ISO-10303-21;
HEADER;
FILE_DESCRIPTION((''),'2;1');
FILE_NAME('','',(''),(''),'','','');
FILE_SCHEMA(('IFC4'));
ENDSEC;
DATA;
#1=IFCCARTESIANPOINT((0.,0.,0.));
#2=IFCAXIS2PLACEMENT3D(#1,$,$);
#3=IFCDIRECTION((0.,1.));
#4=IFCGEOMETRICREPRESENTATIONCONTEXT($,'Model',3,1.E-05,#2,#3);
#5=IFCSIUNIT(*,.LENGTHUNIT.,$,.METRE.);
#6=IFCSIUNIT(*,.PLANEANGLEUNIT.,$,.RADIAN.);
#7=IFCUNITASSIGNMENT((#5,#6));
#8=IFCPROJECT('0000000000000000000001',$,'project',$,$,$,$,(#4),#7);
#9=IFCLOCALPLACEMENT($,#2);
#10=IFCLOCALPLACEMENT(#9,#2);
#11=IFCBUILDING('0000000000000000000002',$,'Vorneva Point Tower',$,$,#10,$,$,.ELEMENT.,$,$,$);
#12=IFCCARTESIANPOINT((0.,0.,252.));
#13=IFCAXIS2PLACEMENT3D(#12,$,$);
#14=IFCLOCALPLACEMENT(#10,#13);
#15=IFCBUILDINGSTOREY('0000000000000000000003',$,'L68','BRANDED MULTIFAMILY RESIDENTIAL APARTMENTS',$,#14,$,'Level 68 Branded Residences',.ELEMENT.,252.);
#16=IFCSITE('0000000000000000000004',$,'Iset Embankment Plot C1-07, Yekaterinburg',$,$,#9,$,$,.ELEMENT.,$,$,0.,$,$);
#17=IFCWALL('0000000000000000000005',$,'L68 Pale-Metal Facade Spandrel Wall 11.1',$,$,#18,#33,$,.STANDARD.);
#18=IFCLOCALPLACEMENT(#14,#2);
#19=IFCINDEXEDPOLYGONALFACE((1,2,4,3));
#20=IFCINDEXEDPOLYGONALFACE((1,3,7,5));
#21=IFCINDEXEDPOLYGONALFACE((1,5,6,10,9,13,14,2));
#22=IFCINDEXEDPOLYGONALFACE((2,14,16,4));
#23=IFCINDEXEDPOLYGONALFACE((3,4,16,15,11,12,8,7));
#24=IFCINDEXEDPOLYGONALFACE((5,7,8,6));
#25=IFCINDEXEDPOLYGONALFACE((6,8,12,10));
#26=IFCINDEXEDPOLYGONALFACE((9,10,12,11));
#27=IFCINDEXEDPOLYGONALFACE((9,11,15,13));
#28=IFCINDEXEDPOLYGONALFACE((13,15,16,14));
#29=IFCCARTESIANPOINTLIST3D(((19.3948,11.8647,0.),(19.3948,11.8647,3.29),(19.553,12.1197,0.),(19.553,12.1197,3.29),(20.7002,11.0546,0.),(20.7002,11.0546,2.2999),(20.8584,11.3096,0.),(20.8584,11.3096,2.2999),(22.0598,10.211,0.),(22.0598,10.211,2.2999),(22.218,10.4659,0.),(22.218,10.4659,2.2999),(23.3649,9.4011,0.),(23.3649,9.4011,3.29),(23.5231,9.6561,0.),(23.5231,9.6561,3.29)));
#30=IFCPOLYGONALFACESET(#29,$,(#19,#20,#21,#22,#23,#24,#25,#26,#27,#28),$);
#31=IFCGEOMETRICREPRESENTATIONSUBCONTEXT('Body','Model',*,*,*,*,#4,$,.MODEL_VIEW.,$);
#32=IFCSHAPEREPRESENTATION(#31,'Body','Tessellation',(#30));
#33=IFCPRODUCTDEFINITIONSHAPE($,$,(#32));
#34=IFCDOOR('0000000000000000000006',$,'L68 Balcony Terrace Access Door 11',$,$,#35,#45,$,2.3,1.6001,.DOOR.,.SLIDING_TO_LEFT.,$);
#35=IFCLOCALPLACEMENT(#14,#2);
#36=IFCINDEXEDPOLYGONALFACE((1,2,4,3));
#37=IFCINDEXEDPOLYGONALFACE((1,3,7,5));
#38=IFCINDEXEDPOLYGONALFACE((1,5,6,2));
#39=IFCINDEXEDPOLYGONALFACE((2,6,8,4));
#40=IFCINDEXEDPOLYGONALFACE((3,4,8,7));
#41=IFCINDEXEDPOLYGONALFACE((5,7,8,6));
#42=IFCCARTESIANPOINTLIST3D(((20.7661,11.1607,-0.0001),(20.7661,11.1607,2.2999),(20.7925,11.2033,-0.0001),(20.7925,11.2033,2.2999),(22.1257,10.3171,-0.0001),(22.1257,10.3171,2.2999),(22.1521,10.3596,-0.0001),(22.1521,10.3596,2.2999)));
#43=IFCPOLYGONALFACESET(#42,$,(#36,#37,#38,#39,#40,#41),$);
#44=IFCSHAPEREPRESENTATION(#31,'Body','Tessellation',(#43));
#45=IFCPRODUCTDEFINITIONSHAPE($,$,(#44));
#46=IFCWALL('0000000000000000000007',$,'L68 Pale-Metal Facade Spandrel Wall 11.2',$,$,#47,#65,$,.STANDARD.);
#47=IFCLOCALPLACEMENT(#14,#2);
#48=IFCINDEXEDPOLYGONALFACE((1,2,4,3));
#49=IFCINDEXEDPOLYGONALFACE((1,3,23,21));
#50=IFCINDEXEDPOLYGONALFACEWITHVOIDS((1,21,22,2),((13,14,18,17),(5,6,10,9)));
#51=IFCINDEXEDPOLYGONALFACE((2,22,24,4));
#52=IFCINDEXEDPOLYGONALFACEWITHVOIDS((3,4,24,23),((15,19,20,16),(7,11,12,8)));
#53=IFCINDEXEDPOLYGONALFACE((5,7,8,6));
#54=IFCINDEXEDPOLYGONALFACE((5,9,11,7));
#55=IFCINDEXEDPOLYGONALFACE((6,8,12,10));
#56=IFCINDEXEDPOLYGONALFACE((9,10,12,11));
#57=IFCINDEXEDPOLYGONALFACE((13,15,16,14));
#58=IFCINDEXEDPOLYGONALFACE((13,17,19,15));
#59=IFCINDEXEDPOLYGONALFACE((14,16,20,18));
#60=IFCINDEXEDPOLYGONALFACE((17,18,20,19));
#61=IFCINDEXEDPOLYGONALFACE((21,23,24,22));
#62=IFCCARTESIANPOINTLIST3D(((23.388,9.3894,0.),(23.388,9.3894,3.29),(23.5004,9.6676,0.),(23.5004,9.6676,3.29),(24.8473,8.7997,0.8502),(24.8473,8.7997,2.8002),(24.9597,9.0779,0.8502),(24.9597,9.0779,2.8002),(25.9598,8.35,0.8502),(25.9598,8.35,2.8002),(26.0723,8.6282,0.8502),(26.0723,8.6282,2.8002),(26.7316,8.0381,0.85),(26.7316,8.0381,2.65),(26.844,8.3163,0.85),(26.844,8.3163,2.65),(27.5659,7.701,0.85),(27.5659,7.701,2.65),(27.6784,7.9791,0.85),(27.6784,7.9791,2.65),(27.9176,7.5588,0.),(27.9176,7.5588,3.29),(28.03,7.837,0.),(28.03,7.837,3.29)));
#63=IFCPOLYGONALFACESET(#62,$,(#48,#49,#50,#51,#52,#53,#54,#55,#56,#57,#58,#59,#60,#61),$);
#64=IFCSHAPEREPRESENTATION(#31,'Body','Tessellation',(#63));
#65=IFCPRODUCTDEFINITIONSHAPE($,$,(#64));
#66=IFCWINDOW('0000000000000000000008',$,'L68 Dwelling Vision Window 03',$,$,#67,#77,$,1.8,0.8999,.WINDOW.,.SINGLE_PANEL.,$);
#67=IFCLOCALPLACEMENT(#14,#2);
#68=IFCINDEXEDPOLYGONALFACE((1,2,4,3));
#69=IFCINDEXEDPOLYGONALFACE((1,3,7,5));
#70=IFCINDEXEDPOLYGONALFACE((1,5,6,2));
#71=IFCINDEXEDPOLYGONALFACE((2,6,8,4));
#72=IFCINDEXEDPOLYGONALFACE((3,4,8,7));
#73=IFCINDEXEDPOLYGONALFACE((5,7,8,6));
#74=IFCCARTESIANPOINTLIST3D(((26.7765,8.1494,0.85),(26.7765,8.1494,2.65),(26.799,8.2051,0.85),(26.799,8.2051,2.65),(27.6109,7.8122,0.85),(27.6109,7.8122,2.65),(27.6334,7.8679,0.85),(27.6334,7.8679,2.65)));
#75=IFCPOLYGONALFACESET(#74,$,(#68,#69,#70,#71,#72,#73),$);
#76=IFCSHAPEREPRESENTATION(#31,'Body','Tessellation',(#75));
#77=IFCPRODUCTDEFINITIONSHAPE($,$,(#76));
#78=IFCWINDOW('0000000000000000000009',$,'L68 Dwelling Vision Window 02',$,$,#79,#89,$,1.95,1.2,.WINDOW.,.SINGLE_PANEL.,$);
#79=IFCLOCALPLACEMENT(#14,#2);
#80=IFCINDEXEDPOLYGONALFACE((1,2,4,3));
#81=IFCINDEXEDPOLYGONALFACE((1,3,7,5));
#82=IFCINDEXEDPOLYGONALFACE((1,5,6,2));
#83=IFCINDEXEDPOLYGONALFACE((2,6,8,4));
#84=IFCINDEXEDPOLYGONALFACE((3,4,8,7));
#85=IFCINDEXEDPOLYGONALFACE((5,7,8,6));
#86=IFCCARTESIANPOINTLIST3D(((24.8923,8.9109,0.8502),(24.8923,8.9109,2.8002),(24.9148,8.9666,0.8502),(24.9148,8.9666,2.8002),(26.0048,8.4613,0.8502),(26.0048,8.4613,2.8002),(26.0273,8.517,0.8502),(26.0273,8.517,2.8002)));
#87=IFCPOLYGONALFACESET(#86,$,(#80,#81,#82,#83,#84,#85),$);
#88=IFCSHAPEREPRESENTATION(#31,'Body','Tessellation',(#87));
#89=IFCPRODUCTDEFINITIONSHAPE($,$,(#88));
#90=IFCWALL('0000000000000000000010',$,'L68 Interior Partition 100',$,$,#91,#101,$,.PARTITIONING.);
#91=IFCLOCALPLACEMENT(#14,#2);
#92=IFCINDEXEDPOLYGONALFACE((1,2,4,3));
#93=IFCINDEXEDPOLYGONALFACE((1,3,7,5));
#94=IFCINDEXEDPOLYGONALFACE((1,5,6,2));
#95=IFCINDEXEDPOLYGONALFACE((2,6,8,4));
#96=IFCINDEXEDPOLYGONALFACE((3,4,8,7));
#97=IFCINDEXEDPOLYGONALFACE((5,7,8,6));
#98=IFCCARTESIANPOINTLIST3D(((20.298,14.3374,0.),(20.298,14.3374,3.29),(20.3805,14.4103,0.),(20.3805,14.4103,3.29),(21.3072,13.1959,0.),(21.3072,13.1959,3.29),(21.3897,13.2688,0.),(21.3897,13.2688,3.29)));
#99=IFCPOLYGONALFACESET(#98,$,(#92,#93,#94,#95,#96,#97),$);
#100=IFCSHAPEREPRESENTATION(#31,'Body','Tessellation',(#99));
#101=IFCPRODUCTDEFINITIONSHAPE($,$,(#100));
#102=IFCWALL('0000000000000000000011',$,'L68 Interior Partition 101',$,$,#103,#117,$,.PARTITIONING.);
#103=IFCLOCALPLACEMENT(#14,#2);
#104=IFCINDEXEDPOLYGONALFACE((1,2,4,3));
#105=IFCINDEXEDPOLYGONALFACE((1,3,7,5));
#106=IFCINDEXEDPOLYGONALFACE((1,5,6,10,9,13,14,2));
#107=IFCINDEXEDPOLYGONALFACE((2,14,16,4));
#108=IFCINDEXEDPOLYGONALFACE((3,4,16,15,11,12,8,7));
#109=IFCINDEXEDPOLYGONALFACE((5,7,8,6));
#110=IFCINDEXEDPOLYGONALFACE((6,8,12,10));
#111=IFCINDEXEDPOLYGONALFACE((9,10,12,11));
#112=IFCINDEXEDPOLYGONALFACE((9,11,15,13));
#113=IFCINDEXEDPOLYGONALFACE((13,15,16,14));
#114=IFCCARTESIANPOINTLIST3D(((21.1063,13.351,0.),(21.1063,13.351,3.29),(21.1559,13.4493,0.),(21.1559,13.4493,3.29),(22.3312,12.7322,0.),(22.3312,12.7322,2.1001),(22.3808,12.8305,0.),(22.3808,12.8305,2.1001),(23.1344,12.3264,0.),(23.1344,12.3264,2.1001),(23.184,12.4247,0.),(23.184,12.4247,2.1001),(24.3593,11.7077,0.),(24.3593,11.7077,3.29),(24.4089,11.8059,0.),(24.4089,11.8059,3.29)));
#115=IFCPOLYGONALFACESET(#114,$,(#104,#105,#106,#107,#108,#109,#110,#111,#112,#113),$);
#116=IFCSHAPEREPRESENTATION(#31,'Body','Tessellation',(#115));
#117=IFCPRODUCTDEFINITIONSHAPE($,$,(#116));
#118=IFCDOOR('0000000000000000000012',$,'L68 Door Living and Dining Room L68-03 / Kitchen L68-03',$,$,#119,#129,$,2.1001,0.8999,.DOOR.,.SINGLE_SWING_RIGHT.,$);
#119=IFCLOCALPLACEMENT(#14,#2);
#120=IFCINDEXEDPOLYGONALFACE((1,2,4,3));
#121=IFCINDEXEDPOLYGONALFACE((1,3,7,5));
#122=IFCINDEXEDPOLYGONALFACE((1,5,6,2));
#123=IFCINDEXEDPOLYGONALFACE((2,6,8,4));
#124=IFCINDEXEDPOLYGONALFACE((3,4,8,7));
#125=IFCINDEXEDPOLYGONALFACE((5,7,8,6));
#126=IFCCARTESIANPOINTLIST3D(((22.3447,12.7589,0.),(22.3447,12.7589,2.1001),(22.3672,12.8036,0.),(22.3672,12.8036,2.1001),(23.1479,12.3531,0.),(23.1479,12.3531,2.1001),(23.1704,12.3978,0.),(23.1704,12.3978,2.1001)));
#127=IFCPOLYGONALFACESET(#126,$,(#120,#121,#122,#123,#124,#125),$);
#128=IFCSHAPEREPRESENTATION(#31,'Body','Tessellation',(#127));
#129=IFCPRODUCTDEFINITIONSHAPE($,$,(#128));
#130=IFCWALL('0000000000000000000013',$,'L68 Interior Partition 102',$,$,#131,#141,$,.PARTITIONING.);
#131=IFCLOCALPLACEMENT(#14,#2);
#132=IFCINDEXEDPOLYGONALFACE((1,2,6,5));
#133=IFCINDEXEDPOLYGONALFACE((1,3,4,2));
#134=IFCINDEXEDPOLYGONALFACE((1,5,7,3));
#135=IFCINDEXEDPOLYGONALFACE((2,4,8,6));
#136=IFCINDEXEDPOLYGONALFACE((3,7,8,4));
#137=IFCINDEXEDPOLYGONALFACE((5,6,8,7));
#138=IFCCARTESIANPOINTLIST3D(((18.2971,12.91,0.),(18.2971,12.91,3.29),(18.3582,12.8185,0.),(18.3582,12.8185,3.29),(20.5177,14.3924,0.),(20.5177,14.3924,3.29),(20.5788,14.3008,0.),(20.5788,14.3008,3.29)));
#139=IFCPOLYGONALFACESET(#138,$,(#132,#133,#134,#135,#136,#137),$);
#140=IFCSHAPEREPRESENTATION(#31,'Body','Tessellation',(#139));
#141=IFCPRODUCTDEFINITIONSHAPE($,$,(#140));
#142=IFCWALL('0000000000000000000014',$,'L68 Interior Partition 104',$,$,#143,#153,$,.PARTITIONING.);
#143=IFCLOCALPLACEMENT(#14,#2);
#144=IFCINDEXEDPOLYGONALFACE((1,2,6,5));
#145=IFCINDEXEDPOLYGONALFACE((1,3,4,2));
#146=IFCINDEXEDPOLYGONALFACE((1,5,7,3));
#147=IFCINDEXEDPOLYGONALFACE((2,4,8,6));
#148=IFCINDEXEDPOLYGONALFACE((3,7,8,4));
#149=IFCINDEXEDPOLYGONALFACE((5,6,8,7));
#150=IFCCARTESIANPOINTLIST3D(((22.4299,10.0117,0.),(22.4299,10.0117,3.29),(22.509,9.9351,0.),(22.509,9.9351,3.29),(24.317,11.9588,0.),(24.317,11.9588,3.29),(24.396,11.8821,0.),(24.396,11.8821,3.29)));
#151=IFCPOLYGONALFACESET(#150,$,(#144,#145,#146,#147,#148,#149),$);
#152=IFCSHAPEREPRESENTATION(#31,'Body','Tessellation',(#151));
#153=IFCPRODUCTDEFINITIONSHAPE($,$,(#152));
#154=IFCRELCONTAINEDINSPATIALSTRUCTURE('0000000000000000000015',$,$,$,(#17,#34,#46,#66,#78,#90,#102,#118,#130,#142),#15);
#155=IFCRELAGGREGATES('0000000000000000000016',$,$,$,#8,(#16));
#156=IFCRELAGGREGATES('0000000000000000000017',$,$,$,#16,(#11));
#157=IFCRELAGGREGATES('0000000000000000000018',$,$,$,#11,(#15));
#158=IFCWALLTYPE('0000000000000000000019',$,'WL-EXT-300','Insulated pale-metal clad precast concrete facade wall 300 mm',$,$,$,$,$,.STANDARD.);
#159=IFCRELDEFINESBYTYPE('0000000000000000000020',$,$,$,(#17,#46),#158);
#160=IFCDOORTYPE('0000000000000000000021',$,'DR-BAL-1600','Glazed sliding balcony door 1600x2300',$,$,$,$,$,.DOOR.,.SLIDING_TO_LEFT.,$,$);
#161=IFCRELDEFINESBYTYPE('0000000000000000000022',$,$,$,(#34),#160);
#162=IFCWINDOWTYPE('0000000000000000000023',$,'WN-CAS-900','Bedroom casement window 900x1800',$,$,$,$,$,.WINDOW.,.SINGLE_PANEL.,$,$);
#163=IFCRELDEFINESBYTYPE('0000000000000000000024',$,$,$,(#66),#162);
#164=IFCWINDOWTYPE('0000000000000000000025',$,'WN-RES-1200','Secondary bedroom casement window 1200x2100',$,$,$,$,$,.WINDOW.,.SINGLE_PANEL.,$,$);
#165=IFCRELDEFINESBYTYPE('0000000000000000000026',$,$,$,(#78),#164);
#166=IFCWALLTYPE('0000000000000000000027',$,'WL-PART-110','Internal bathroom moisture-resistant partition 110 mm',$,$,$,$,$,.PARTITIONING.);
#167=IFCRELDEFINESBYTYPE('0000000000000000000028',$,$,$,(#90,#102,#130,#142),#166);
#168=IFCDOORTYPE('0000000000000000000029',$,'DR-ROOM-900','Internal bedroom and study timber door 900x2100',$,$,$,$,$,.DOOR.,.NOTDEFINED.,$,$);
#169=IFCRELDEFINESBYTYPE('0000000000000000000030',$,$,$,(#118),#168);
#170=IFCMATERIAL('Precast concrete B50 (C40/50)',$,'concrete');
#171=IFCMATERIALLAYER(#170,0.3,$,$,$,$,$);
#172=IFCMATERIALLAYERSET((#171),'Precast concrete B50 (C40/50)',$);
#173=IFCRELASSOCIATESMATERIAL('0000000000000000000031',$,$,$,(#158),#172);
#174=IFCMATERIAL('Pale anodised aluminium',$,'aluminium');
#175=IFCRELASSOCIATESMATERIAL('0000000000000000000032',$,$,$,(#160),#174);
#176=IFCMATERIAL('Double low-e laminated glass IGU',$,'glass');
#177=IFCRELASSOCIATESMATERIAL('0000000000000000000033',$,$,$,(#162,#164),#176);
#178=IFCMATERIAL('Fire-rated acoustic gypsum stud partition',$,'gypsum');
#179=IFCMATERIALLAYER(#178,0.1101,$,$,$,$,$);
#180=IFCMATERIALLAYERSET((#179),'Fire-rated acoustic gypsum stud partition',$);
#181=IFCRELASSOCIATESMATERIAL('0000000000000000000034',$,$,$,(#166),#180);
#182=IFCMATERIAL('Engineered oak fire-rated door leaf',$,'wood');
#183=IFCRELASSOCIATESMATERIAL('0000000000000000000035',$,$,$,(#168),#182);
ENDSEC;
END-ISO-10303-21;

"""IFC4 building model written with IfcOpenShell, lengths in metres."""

from ifc_helpers import new_model, si_unit, direction, frame, frame_2d, origin, place, context, subcontext, project, spatial, rectangle, extrude, material, layer, layer_set, type_object, element, fill, save


model = new_model("IFC4")

# Units and contexts
model_context = context("Model", 3, precision=1e-05, world=origin(), true_north=direction((0.0, 1.0)))
body_context = subcontext(model_context, "Body", "Model", "MODEL_VIEW")
ifc_project = project(units=[si_unit("LENGTHUNIT", "METRE"), si_unit("PLANEANGLEUNIT", "RADIAN")], contexts=[model_context])

# Site, building, storey
site_placement = place(None, origin())
site = spatial("IfcSite", under=ifc_project, at=site_placement, Name="Iset Embankment Plot C1-07, Yekaterinburg", CompositionType="ELEMENT", RefElevation=0.0)
building_placement = place(site_placement, origin())
building = spatial("IfcBuilding", under=site, at=building_placement, Name="Vorneva Point Tower", CompositionType="ELEMENT")
storey_placement = place(building_placement, frame((0.0, 0.0, 252.0)))
storey = spatial("IfcBuildingStorey", under=building, at=storey_placement, Name="L68", Description="BRANDED MULTIFAMILY RESIDENTIAL APARTMENTS", LongName="Level 68 Branded Residences", CompositionType="ELEMENT", Elevation=252.0)

# Shared definitions
ifc_material_1 = material(Name="Pale anodised aluminium", Category="aluminium")
ifc_material_2 = material(Name="Double low-e laminated glass IGU", Category="glass")

# Wall, opening, door
ifc_material_3 = material(Name="Precast concrete B50 (C40/50)", Category="concrete")
ifc_layer_1 = layer(ifc_material_3, 0.3)
ifc_layer_set_1 = layer_set([ifc_layer_1], Name="Precast concrete B50 (C40/50)")
wall_type_1 = type_object("IfcWallType", Name="WL-EXT-300", Description="Insulated pale-metal clad precast concrete facade wall 300 mm", PredefinedType="STANDARD", material=ifc_layer_set_1)
wall_1_placement = place(storey_placement, frame((19.4739, 11.9922, 0.0), z_axis=(0.0, 0.0, 1.0), x_axis=(0.849702, -0.527263, 0.0)))
wall_1 = element("IfcWall", 1, at=wall_1_placement, inside=storey, type_object=wall_type_1, Name="L68 Pale-Metal Facade Spandrel Wall 11.1", PredefinedType="STANDARD", context=body_context, shape_type="SweptSolid", body=[
    extrude(rectangle(XDim=4.6724, YDim=0.3, at=frame_2d((2.3362, 0.0))), origin(), (0.0, 0.0, 1.0), 3.29),
])
opening_1_placement = place(wall_1_placement, frame((1.5364, 0.0, 0.0)))
opening_1 = element("IfcOpeningElement", 2, at=opening_1_placement, cuts=wall_1, PredefinedType="OPENING", context=body_context, shape_type="SweptSolid", body=[
    extrude(rectangle(XDim=1.6001, YDim=2.3, at=frame_2d((0.8, 1.1499))), frame((0.0, 0.165, 0.0), z_axis=(0.0, -1.0, 0.0), x_axis=(1.0, 0.0, 0.0)), (0.0, 0.0, 1.0), 0.3298),
])
door_type_1 = type_object("IfcDoorType", Name="DR-BAL-1600", Description="Glazed sliding balcony door 1600x2300", OperationType="SLIDING_TO_LEFT", PredefinedType="DOOR", material=ifc_material_1)
door_1_placement = place(opening_1_placement, origin())
door_1 = element("IfcDoor", 3, at=door_1_placement, inside=storey, type_object=door_type_1, Name="L68 Balcony Terrace Access Door 11", OperationType="SLIDING_TO_LEFT", OverallHeight=2.3, OverallWidth=1.6001, PredefinedType="DOOR", context=body_context, shape_type="SweptSolid", body=[
    extrude(rectangle(XDim=1.6001, YDim=2.3, at=frame_2d((0.8, 1.1499))), frame((0.0, 0.0249, 0.0), z_axis=(0.0, -1.0, 0.0), x_axis=(1.0, 0.0, 0.0)), (0.0, 0.0, 1.0), 0.05),
])
fill(opening_1, door_1)

# Wall, openings, windows
wall_2_placement = place(storey_placement, frame((23.4441, 9.5286, 0.0), z_axis=(0.0, 0.0, 1.0), x_axis=(0.927147, -0.374697, 0.0)))
wall_2 = element("IfcWall", 4, at=wall_2_placement, inside=storey, type_object=wall_type_1, Name="L68 Pale-Metal Facade Spandrel Wall 11.2", PredefinedType="STANDARD", context=body_context, shape_type="SweptSolid", body=[
    extrude(rectangle(XDim=4.8855, YDim=0.3, at=frame_2d((2.4429, 0.0))), origin(), (0.0, 0.0, 1.0), 3.29),
])
opening_2_placement = place(wall_2_placement, frame((1.574, 0.0, 0.8501)))
opening_2 = element("IfcOpeningElement", 5, at=opening_2_placement, cuts=wall_2, PredefinedType="OPENING", context=body_context, shape_type="SweptSolid", body=[
    extrude(rectangle(XDim=1.2, YDim=1.95, at=frame_2d((0.6001, 0.9751))), frame((0.0, 0.165, 0.0), z_axis=(0.0, -1.0, 0.0), x_axis=(1.0, 0.0, 0.0)), (0.0, 0.0, 1.0), 0.3298),
])
opening_3_placement = place(wall_2_placement, frame((3.6064, 0.0, 0.8501)))
opening_3 = element("IfcOpeningElement", 6, at=opening_3_placement, cuts=wall_2, PredefinedType="OPENING", context=body_context, shape_type="SweptSolid", body=[
    extrude(rectangle(XDim=0.8999, YDim=1.8, at=frame_2d((0.45, 0.8999))), frame((0.0, 0.165, 0.0), z_axis=(0.0, -1.0, 0.0), x_axis=(1.0, 0.0, 0.0)), (0.0, 0.0, 1.0), 0.3298),
])
window_type_1 = type_object("IfcWindowType", Name="WN-CAS-900", Description="Bedroom casement window 900x1800", PartitioningType="SINGLE_PANEL", PredefinedType="WINDOW", material=ifc_material_2)
window_1_placement = place(opening_3_placement, origin())
window_1 = element("IfcWindow", 7, at=window_1_placement, inside=storey, type_object=window_type_1, Name="L68 Dwelling Vision Window 03", OverallHeight=1.8, OverallWidth=0.8999, PartitioningType="SINGLE_PANEL", PredefinedType="WINDOW", context=body_context, shape_type="SweptSolid", body=[
    extrude(rectangle(XDim=0.8999, YDim=1.8, at=frame_2d((0.45, 0.8999))), frame((0.0, 0.03, 0.0), z_axis=(0.0, -1.0, 0.0), x_axis=(1.0, 0.0, 0.0)), (0.0, 0.0, 1.0), 0.0601),
])
fill(opening_3, window_1)
window_type_2 = type_object("IfcWindowType", Name="WN-RES-1200", Description="Secondary bedroom casement window 1200x2100", PartitioningType="SINGLE_PANEL", PredefinedType="WINDOW", material=ifc_material_2)
window_2_placement = place(opening_2_placement, origin())
window_2 = element("IfcWindow", 8, at=window_2_placement, inside=storey, type_object=window_type_2, Name="L68 Dwelling Vision Window 02", OverallHeight=1.95, OverallWidth=1.2, PartitioningType="SINGLE_PANEL", PredefinedType="WINDOW", context=body_context, shape_type="SweptSolid", body=[
    extrude(rectangle(XDim=1.2, YDim=1.95, at=frame_2d((0.6001, 0.9751))), frame((0.0, 0.03, 0.0), z_axis=(0.0, -1.0, 0.0), x_axis=(1.0, 0.0, 0.0)), (0.0, 0.0, 1.0), 0.0601),
])
fill(opening_2, window_2)

# Wall
ifc_material_4 = material(Name="Fire-rated acoustic gypsum stud partition", Category="gypsum")
ifc_layer_2 = layer(ifc_material_4, 0.1101)
ifc_layer_set_2 = layer_set([ifc_layer_2], Name="Fire-rated acoustic gypsum stud partition")
wall_type_2 = type_object("IfcWallType", Name="WL-PART-110", Description="Internal bathroom moisture-resistant partition 110 mm", PredefinedType="PARTITIONING", material=ifc_layer_set_2)
wall_3_placement = place(storey_placement, frame((20.3394, 14.3738, 0.0), z_axis=(0.0, 0.0, 1.0), x_axis=(0.662353, -0.749192, 0.0)))
element("IfcWall", 9, at=wall_3_placement, inside=storey, type_object=wall_type_2, Name="L68 Interior Partition 100", PredefinedType="PARTITIONING", context=body_context, shape_type="SweptSolid", body=[
    extrude(rectangle(XDim=1.5237, YDim=0.1101, at=frame_2d((0.7617, 0.0))), origin(), (0.0, 0.0, 1.0), 3.29),
])

# Wall, opening, door
wall_4_placement = place(storey_placement, frame((21.1311, 13.4001, 0.0), z_axis=(0.0, 0.0, 1.0), x_axis=(0.892571, -0.450908, 0.0)))
wall_4 = element("IfcWall", 10, at=wall_4_placement, inside=storey, type_object=wall_type_2, Name="L68 Interior Partition 101", PredefinedType="PARTITIONING", context=body_context, shape_type="SweptSolid", body=[
    extrude(rectangle(XDim=3.6445, YDim=0.1101, at=frame_2d((1.8223, 0.0))), origin(), (0.0, 0.0, 1.0), 3.29),
])
opening_4_placement = place(wall_4_placement, frame((1.3723, 0.0, 0.0)))
opening_4 = element("IfcOpeningElement", 11, at=opening_4_placement, cuts=wall_4, PredefinedType="OPENING", context=body_context, shape_type="SweptSolid", body=[
    extrude(rectangle(XDim=0.8999, YDim=2.1001, at=frame_2d((0.45, 1.05))), frame((0.0, 0.0698, 0.0), z_axis=(0.0, -1.0, 0.0), x_axis=(1.0, 0.0, 0.0)), (0.0, 0.0, 1.0), 0.1399),
])
ifc_material_5 = material(Name="Engineered oak fire-rated door leaf", Category="wood")
door_type_2 = type_object("IfcDoorType", Name="DR-ROOM-900", Description="Internal bedroom and study timber door 900x2100", OperationType="NOTDEFINED", PredefinedType="DOOR", material=ifc_material_5)
door_2_placement = place(opening_4_placement, origin())
door_2 = element("IfcDoor", 12, at=door_2_placement, inside=storey, type_object=door_type_2, Name="L68 Door Living and Dining Room L68-03 / Kitchen L68-03", OperationType="SINGLE_SWING_RIGHT", OverallHeight=2.1001, OverallWidth=0.8999, PredefinedType="DOOR", context=body_context, shape_type="SweptSolid", body=[
    extrude(rectangle(XDim=0.8999, YDim=2.1001, at=frame_2d((0.45, 1.05))), frame((0.0, 0.0249, 0.0), z_axis=(0.0, -1.0, 0.0), x_axis=(1.0, 0.0, 0.0)), (0.0, 0.0, 1.0), 0.05),
])
fill(opening_4, door_2)

# Walls
wall_5_placement = place(storey_placement, frame((18.3276, 12.8643, 0.0), z_axis=(0.0, 0.0, 1.0), x_axis=(0.831713, 0.555207, 0.0)))
element("IfcWall", 13, at=wall_5_placement, inside=storey, type_object=wall_type_2, Name="L68 Interior Partition 102", PredefinedType="PARTITIONING", context=body_context, shape_type="SweptSolid", body=[
    extrude(rectangle(XDim=2.6699, YDim=0.1101, at=frame_2d((1.335, 0.0))), origin(), (0.0, 0.0, 1.0), 3.29),
])
wall_6_placement = place(storey_placement, frame((22.4695, 9.9734, 0.0), z_axis=(0.0, 0.0, 1.0), x_axis=(0.695945, 0.718095, 0.0)))
element("IfcWall", 14, at=wall_6_placement, inside=storey, type_object=wall_type_2, Name="L68 Interior Partition 104", PredefinedType="PARTITIONING", context=body_context, shape_type="SweptSolid", body=[
    extrude(rectangle(XDim=2.7114, YDim=0.1101, at=frame_2d((1.3557, 0.0))), origin(), (0.0, 0.0, 1.0), 3.29),
])

save(model, "model.ifc")
